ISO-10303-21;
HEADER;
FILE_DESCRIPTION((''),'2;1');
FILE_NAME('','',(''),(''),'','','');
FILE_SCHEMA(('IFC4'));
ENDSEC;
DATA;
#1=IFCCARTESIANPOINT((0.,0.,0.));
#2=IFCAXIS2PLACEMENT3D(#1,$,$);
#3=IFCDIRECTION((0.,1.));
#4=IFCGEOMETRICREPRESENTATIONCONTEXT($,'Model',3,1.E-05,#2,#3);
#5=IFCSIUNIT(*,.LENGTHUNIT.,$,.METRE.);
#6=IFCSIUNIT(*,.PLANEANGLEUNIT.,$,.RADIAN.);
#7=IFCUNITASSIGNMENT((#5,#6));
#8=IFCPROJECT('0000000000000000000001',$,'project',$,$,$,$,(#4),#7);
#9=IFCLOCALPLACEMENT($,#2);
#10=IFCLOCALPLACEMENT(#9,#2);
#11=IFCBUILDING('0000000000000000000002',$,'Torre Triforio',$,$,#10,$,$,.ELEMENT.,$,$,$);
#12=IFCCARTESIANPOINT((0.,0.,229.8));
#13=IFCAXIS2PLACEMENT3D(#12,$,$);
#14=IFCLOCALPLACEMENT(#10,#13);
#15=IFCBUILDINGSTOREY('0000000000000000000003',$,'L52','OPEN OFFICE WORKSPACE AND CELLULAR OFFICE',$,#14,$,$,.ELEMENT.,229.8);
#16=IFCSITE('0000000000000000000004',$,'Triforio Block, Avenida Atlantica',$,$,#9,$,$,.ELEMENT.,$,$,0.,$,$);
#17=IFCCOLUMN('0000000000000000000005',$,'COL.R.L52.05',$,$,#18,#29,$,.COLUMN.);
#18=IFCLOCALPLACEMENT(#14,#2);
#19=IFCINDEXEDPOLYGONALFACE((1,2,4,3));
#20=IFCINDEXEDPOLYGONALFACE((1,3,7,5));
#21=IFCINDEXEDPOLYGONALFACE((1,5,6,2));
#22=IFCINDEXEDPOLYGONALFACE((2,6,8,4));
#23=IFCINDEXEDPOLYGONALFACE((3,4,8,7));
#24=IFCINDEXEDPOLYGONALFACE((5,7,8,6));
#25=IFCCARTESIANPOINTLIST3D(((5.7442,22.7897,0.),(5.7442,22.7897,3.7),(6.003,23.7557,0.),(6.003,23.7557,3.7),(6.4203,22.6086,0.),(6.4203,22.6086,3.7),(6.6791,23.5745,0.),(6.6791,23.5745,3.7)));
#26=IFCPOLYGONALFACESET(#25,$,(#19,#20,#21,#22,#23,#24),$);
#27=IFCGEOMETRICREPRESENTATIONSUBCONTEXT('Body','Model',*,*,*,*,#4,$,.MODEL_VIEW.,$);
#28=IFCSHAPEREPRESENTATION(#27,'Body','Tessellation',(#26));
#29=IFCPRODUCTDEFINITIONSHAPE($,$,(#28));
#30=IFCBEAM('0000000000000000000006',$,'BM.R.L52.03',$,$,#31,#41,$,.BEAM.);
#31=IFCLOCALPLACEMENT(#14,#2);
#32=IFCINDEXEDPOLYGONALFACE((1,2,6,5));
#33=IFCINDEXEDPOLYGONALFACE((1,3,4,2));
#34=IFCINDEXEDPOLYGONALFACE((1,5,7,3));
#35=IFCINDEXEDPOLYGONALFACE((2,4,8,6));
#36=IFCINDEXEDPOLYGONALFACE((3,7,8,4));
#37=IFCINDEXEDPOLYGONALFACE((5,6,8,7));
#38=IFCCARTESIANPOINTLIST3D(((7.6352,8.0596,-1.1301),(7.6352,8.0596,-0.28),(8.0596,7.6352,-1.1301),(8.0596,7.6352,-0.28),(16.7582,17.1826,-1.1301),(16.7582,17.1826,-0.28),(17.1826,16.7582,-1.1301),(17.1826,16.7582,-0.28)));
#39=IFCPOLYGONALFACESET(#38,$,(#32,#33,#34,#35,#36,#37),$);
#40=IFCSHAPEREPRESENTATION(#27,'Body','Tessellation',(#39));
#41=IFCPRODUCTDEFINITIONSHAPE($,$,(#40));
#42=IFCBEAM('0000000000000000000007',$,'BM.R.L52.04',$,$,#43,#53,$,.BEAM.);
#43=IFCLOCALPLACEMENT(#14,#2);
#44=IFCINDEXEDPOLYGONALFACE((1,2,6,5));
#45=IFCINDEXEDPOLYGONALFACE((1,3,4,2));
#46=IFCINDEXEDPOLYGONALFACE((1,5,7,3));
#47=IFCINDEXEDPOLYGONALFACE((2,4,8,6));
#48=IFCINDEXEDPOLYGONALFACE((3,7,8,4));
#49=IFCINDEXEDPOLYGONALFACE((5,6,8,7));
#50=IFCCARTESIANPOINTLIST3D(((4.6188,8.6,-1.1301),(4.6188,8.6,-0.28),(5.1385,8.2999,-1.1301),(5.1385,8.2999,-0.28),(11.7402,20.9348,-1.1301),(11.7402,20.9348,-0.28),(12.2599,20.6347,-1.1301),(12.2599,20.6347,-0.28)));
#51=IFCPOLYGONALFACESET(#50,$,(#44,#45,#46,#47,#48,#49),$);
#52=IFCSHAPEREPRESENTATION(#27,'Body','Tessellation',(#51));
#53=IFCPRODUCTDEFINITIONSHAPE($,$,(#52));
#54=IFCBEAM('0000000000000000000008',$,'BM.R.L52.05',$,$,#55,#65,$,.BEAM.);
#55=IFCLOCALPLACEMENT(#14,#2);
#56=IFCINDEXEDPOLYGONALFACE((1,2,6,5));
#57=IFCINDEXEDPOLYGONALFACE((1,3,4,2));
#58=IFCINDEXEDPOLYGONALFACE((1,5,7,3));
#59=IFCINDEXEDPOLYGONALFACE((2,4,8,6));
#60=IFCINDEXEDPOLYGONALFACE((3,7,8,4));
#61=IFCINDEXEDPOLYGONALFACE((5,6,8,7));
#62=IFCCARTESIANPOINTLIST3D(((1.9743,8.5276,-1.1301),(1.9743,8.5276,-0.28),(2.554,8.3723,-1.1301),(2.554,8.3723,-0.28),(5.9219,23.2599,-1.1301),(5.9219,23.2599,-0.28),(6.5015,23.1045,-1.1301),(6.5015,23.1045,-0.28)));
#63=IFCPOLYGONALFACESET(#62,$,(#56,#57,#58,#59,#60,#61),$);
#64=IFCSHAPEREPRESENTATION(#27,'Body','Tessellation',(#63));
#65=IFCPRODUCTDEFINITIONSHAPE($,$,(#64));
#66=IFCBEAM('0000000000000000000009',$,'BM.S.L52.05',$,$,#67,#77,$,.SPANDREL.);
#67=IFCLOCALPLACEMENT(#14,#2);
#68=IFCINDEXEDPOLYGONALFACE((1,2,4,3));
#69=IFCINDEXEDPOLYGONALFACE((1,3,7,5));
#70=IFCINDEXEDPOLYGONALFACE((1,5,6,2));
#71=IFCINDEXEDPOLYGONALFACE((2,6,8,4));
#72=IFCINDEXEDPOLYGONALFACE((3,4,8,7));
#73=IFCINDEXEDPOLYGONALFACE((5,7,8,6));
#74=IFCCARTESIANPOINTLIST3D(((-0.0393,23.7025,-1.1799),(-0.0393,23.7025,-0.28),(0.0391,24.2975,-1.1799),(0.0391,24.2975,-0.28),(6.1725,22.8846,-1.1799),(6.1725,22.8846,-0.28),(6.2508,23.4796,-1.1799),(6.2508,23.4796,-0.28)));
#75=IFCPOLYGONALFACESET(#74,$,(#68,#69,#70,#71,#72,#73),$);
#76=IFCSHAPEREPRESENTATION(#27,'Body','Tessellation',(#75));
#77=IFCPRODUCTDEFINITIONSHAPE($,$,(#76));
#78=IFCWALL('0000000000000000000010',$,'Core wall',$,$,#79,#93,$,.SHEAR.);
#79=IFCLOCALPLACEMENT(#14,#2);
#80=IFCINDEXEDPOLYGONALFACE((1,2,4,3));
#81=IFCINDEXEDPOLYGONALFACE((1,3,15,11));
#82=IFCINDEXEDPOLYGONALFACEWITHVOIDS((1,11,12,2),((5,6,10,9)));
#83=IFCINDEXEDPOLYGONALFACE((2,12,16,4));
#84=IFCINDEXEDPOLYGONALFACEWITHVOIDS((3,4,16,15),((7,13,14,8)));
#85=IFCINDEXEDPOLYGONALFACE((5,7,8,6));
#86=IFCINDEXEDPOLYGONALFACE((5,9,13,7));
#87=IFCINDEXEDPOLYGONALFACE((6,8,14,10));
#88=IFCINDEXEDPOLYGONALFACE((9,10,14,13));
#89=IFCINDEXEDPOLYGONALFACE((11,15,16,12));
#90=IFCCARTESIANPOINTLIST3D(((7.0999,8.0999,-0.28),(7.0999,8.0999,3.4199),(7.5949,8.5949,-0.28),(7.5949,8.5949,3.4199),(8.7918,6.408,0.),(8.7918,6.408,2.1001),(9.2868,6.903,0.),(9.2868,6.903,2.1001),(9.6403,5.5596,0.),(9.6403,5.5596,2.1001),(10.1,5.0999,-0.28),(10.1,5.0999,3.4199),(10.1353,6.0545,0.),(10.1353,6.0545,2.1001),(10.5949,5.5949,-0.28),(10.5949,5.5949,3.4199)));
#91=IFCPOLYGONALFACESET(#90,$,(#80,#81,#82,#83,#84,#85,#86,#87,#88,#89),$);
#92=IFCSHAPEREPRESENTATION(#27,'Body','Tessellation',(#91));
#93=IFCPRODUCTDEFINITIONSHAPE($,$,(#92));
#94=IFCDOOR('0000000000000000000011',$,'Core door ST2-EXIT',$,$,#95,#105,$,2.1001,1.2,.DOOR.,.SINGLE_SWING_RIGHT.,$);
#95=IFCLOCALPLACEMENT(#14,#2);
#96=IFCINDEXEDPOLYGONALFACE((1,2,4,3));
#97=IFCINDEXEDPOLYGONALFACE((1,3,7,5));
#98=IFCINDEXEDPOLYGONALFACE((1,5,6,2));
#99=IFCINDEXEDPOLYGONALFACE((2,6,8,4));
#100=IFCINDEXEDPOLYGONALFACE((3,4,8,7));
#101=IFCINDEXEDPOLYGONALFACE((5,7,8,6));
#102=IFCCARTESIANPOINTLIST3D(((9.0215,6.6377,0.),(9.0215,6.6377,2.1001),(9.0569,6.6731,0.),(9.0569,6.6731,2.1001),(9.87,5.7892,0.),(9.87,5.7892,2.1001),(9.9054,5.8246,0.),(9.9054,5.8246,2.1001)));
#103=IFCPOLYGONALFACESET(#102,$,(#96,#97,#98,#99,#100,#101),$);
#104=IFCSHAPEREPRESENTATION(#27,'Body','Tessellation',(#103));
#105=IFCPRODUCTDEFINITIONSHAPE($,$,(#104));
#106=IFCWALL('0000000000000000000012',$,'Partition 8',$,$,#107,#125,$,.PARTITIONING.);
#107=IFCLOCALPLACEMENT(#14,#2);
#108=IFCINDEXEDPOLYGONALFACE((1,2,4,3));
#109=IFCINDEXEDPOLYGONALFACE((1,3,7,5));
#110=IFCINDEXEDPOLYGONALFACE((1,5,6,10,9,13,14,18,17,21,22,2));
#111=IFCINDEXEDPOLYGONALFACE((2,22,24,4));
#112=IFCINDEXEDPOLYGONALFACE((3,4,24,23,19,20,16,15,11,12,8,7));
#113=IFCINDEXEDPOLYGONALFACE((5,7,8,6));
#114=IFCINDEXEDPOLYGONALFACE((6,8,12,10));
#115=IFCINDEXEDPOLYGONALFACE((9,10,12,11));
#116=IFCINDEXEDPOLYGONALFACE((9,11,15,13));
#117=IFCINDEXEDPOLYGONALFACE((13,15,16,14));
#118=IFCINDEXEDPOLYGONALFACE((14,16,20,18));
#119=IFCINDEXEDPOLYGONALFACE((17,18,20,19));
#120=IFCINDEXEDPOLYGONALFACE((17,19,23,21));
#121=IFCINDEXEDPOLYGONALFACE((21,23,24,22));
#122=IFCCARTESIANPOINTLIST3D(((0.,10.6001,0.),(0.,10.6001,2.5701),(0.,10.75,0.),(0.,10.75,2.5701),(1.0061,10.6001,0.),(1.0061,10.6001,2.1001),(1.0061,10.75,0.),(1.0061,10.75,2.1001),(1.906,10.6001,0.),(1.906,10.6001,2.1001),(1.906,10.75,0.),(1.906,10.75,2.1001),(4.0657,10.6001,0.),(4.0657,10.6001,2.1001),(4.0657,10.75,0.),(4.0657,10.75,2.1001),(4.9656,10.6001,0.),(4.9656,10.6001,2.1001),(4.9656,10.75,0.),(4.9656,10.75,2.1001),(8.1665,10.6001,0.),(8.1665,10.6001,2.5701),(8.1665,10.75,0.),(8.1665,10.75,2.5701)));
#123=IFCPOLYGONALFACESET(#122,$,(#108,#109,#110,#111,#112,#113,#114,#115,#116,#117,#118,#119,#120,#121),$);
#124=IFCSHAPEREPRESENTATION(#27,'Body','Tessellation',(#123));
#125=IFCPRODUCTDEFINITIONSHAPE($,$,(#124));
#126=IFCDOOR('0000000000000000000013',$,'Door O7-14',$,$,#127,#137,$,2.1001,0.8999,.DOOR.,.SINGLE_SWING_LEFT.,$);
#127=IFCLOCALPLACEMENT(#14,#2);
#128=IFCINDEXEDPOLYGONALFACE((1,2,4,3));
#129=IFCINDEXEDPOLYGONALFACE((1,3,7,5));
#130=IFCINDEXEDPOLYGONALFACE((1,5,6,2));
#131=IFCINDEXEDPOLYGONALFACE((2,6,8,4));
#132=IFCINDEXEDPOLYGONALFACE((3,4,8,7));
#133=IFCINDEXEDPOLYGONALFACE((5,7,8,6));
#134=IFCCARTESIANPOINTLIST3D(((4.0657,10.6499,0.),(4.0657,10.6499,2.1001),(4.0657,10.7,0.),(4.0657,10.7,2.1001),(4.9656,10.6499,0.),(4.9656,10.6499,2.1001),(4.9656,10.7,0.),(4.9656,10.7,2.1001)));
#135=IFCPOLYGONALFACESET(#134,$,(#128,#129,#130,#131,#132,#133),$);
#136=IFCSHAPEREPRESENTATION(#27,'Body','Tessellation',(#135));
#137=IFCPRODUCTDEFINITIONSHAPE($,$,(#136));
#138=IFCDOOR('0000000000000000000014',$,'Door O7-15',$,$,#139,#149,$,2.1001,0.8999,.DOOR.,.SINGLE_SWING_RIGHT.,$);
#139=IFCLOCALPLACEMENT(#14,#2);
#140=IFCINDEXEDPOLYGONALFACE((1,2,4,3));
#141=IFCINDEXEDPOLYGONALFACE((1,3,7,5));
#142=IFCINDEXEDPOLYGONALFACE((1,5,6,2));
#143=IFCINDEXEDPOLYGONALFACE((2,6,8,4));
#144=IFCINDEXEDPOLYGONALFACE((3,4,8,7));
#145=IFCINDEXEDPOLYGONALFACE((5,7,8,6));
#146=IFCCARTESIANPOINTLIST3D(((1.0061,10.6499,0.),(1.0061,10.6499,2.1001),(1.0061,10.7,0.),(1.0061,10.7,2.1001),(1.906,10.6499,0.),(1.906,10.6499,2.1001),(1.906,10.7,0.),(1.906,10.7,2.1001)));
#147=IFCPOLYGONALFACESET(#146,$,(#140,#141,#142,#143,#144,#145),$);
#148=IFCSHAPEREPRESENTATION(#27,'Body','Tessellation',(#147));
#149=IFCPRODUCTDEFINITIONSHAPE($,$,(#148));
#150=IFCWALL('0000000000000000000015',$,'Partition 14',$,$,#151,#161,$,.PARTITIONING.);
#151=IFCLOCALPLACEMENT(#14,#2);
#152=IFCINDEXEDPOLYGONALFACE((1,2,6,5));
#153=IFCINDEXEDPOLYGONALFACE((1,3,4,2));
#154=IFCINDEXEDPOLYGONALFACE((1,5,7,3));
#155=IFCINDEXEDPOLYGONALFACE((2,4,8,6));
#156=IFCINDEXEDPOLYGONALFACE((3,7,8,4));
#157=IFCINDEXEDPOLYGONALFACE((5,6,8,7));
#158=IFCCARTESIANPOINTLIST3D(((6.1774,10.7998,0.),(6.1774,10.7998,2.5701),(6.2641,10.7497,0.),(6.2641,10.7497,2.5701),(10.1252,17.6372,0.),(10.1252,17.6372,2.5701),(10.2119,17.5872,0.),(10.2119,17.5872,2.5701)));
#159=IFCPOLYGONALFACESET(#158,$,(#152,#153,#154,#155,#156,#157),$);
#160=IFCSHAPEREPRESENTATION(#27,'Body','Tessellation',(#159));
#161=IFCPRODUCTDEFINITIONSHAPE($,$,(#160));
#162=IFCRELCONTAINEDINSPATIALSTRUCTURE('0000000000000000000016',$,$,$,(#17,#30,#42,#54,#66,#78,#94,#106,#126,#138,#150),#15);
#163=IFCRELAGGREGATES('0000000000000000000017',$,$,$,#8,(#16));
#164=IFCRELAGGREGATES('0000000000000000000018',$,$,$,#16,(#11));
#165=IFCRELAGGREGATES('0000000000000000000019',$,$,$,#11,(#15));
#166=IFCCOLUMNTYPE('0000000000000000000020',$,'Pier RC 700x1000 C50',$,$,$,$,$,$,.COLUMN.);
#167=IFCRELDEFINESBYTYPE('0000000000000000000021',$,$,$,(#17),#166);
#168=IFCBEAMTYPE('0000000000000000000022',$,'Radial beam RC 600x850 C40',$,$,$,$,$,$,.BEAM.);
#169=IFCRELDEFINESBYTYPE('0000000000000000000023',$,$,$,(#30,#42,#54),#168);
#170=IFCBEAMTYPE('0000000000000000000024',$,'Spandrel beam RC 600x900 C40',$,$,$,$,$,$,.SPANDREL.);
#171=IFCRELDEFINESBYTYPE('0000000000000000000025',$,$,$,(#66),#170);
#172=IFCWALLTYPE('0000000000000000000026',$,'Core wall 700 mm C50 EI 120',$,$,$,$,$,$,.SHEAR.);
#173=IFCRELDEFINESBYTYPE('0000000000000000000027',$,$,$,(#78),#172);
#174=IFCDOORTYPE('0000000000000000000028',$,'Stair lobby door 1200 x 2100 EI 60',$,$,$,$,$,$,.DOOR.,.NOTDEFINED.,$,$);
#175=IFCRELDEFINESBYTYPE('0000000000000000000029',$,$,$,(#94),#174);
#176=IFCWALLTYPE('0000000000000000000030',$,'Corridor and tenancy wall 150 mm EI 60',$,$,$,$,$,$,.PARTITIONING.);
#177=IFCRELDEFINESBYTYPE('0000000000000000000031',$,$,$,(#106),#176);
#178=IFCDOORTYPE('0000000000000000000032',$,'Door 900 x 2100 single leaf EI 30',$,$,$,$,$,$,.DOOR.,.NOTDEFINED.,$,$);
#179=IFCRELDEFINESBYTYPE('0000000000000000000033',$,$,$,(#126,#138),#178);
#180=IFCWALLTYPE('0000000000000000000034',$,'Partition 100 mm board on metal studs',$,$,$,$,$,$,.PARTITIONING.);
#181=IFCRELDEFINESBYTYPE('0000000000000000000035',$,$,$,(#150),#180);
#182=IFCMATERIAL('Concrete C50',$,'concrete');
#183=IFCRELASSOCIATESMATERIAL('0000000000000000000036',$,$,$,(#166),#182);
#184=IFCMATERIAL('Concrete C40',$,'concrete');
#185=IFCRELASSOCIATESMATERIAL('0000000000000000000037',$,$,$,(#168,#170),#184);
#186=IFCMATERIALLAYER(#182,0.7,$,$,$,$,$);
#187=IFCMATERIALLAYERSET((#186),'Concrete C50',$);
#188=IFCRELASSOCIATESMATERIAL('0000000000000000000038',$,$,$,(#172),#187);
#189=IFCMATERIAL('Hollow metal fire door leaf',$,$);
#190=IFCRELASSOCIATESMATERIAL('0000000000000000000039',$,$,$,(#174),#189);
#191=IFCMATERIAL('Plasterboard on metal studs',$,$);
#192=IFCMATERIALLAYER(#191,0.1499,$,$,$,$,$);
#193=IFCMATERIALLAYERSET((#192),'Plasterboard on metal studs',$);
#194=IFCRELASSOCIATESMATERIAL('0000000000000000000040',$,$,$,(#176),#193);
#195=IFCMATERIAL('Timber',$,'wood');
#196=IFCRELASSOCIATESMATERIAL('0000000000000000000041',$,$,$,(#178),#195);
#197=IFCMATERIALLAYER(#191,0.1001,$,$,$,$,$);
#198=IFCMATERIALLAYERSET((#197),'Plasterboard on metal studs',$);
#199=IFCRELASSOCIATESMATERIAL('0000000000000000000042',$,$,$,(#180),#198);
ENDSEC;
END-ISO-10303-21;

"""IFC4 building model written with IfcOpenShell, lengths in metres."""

from ifc_helpers import new_model, si_unit, direction, frame, frame_2d, origin, origin_2d, place, context, subcontext, project, spatial, rectangle, extrude, material, layer, layer_set, material_profile, profile_set, type_object, element, fill, save


model = new_model("IFC4")

# Units and contexts
model_context = context("Model", 3, precision=1e-05, world=origin(), true_north=direction((0.0, 1.0)))
body_context = subcontext(model_context, "Body", "Model", "MODEL_VIEW")
ifc_project = project(units=[si_unit("LENGTHUNIT", "METRE"), si_unit("PLANEANGLEUNIT", "RADIAN")], contexts=[model_context])

# Site, building, storey
site_placement = place(None, origin())
site = spatial("IfcSite", under=ifc_project, at=site_placement, Name="Triforio Block, Avenida Atlantica", CompositionType="ELEMENT", RefElevation=0.0)
building_placement = place(site_placement, origin())
building = spatial("IfcBuilding", under=site, at=building_placement, Name="Torre Triforio", CompositionType="ELEMENT")
storey_placement = place(building_placement, frame((0.0, 0.0, 229.8)))
storey = spatial("IfcBuildingStorey", under=building, at=storey_placement, Name="L52", Description="OPEN OFFICE WORKSPACE AND CELLULAR OFFICE", CompositionType="ELEMENT", Elevation=229.8)

# Column
ifc_material_1 = material(Name="Concrete C50", Category="concrete")
ifc_material_profile_1 = material_profile(ifc_material_1, rectangle(XDim=0.7, YDim=1.0, at=origin_2d()), Name="RC 700x1000")
ifc_profile_set_1 = profile_set([ifc_material_profile_1], Name="Concrete C50")
column_type = type_object("IfcColumnType", Name="Pier RC 700x1000 C50", PredefinedType="COLUMN", material=ifc_profile_set_1)
column_placement = place(storey_placement, frame((6.2117, 23.1821, 0.0), z_axis=(0.0, 0.0, 1.0), x_axis=(-0.965926, 0.258819, 0.0)))
element("IfcColumn", 1, at=column_placement, inside=storey, type_object=column_type, Name="COL.R.L52.05", PredefinedType="COLUMN", context=body_context, shape_type="SweptSolid", body=[
    extrude(rectangle(XDim=0.7, YDim=1.0, at=origin_2d()), origin(), (0.0, 0.0, 1.0), 3.7),
])

# Beams
ifc_material_2 = material(Name="Concrete C40", Category="concrete")
ifc_material_profile_2 = material_profile(ifc_material_2, rectangle(XDim=0.6001, YDim=0.8501, at=origin_2d()), Name="RC 600x850")
ifc_profile_set_2 = profile_set([ifc_material_profile_2], Name="Concrete C40")
beam_type_1 = type_object("IfcBeamType", Name="Radial beam RC 600x850 C40", PredefinedType="BEAM", material=ifc_profile_set_2)
beam_1_placement = place(storey_placement, frame((7.8474, 7.8474, -0.7051), z_axis=(0.707107, 0.707107, 0.0), x_axis=(-0.707107, 0.707107, 0.0)))
element("IfcBeam", 2, at=beam_1_placement, inside=storey, type_object=beam_type_1, Name="BM.R.L52.03", PredefinedType="BEAM", context=body_context, shape_type="SweptSolid", body=[
    extrude(rectangle(XDim=0.6001, YDim=0.8501, at=origin_2d()), origin(), (0.0, 0.0, 1.0), 12.9019),
])
beam_2_placement = place(storey_placement, frame((4.8787, 8.45, -0.7051), z_axis=(0.499994, 0.866029, 0.0), x_axis=(-0.866029, 0.499994, 0.0)))
element("IfcBeam", 3, at=beam_2_placement, inside=storey, type_object=beam_type_1, Name="BM.R.L52.04", PredefinedType="BEAM", context=body_context, shape_type="SweptSolid", body=[
    extrude(rectangle(XDim=0.6001, YDim=0.8501, at=origin_2d()), origin(), (0.0, 0.0, 1.0), 14.2429),
])
beam_3_placement = place(storey_placement, frame((2.2642, 8.45, -0.7051), z_axis=(0.258821, 0.965925, 0.0), x_axis=(-0.965925, 0.258821, 0.0)))
element("IfcBeam", 4, at=beam_3_placement, inside=storey, type_object=beam_type_1, Name="BM.R.L52.05", PredefinedType="BEAM", context=body_context, shape_type="SweptSolid", body=[
    extrude(rectangle(XDim=0.6001, YDim=0.8501, at=origin_2d()), origin(), (0.0, 0.0, 1.0), 15.252),
])
ifc_material_profile_3 = material_profile(ifc_material_2, rectangle(XDim=0.6001, YDim=0.8999, at=origin_2d()), Name="RC 600x900")
ifc_profile_set_3 = profile_set([ifc_material_profile_3], Name="Concrete C40")
beam_type_2 = type_object("IfcBeamType", Name="Spandrel beam RC 600x900 C40", PredefinedType="SPANDREL", material=ifc_profile_set_3)
beam_4_placement = place(storey_placement, frame((6.2117, 23.1821, -0.73), z_axis=(-0.991443, 0.13054, 0.0), x_axis=(-0.13054, -0.991443, 0.0)))
element("IfcBeam", 5, at=beam_4_placement, inside=storey, type_object=beam_type_2, Name="BM.S.L52.05", PredefinedType="SPANDREL", context=body_context, shape_type="SweptSolid", body=[
    extrude(rectangle(XDim=0.6001, YDim=0.8999, at=origin_2d()), origin(), (0.0, 0.0, 1.0), 6.2654),
])

# Wall, opening, door
ifc_layer_1 = layer(ifc_material_1, 0.7)
ifc_layer_set_1 = layer_set([ifc_layer_1], Name="Concrete C50")
wall_type_1 = type_object("IfcWallType", Name="Core wall 700 mm C50 EI 120", PredefinedType="SHEAR", material=ifc_layer_set_1)
wall_1_placement = place(storey_placement, frame((7.3474, 8.3474, -0.28), z_axis=(0.0, 0.0, 1.0), x_axis=(0.707107, -0.707107, 0.0)))
wall_1 = element("IfcWall", 6, at=wall_1_placement, inside=storey, type_object=wall_type_1, Name="Core wall", PredefinedType="SHEAR", context=body_context, shape_type="SweptSolid", body=[
    extrude(rectangle(XDim=4.2427, YDim=0.7, at=frame_2d((2.1213, 0.0))), origin(), (0.0, 0.0, 1.0), 3.7),
])
opening_1_placement = place(wall_1_placement, frame((2.3926, 0.0, 0.28)))
opening_1 = element("IfcOpeningElement", 7, at=opening_1_placement, cuts=wall_1, PredefinedType="OPENING", context=body_context, shape_type="SweptSolid", body=[
    extrude(rectangle(XDim=1.2, YDim=2.1001, at=frame_2d((0.6001, 1.05))), frame((0.0, 0.3599, 0.0), z_axis=(0.0, -1.0, 0.0), x_axis=(1.0, 0.0, 0.0)), (0.0, 0.0, 1.0), 0.72),
])
ifc_material_3 = material(Name="Hollow metal fire door leaf")
door_type_1 = type_object("IfcDoorType", Name="Stair lobby door 1200 x 2100 EI 60", OperationType="NOTDEFINED", PredefinedType="DOOR", material=ifc_material_3)
door_1_placement = place(opening_1_placement, origin())
door_1 = element("IfcDoor", 8, at=door_1_placement, inside=storey, type_object=door_type_1, Name="Core door ST2-EXIT", OperationType="SINGLE_SWING_RIGHT", OverallHeight=2.1001, OverallWidth=1.2, PredefinedType="DOOR", context=body_context, shape_type="SweptSolid", body=[
    extrude(rectangle(XDim=1.2, YDim=2.1001, at=frame_2d((0.6001, 1.05))), frame((0.0, 0.0249, 0.0), z_axis=(0.0, -1.0, 0.0), x_axis=(1.0, 0.0, 0.0)), (0.0, 0.0, 1.0), 0.05),
])
fill(opening_1, door_1)

# Wall, openings, doors
ifc_material_4 = material(Name="Plasterboard on metal studs")
ifc_layer_2 = layer(ifc_material_4, 0.1499)
ifc_layer_set_2 = layer_set([ifc_layer_2], Name="Plasterboard on metal studs")
wall_type_2 = type_object("IfcWallType", Name="Corridor and tenancy wall 150 mm EI 60", PredefinedType="PARTITIONING", material=ifc_layer_set_2)
wall_2_placement = place(storey_placement, frame((0.0, 10.675, 0.0), z_axis=(0.0, 0.0, 1.0), x_axis=(1.0, 0.0, 0.0)))
wall_2 = element("IfcWall", 9, at=wall_2_placement, inside=storey, type_object=wall_type_2, Name="Partition 8", PredefinedType="PARTITIONING", context=body_context, shape_type="SweptSolid", body=[
    extrude(rectangle(XDim=8.1665, YDim=0.1499, at=frame_2d((4.0833, 0.0))), origin(), (0.0, 0.0, 1.0), 2.5701),
])
opening_2_placement = place(wall_2_placement, frame((4.0657, 0.0, 0.0)))
opening_2 = element("IfcOpeningElement", 10, at=opening_2_placement, cuts=wall_2, PredefinedType="OPENING", context=body_context, shape_type="SweptSolid", body=[
    extrude(rectangle(XDim=0.8999, YDim=2.1001, at=frame_2d((0.45, 1.05))), frame((0.0, 0.085, 0.0), z_axis=(0.0, -1.0, 0.0), x_axis=(1.0, 0.0, 0.0)), (0.0, 0.0, 1.0), 0.1699),
])
opening_3_placement = place(wall_2_placement, frame((1.0061, 0.0, 0.0)))
opening_3 = element("IfcOpeningElement", 11, at=opening_3_placement, cuts=wall_2, PredefinedType="OPENING", context=body_context, shape_type="SweptSolid", body=[
    extrude(rectangle(XDim=0.8999, YDim=2.1001, at=frame_2d((0.45, 1.05))), frame((0.0, 0.085, 0.0), z_axis=(0.0, -1.0, 0.0), x_axis=(1.0, 0.0, 0.0)), (0.0, 0.0, 1.0), 0.1699),
])
ifc_material_5 = material(Name="Timber", Category="wood")
door_type_2 = type_object("IfcDoorType", Name="Door 900 x 2100 single leaf EI 30", OperationType="NOTDEFINED", PredefinedType="DOOR", material=ifc_material_5)
door_2_placement = place(opening_2_placement, origin())
door_2 = element("IfcDoor", 12, at=door_2_placement, inside=storey, type_object=door_type_2, Name="Door O7-14", OperationType="SINGLE_SWING_LEFT", OverallHeight=2.1001, OverallWidth=0.8999, PredefinedType="DOOR", context=body_context, shape_type="SweptSolid", body=[
    extrude(rectangle(XDim=0.8999, YDim=2.1001, at=frame_2d((0.45, 1.05))), frame((0.0, 0.0249, 0.0), z_axis=(0.0, -1.0, 0.0), x_axis=(1.0, 0.0, 0.0)), (0.0, 0.0, 1.0), 0.05),
])
fill(opening_2, door_2)
door_3_placement = place(opening_3_placement, origin())
door_3 = element("IfcDoor", 13, at=door_3_placement, inside=storey, type_object=door_type_2, Name="Door O7-15", OperationType="SINGLE_SWING_RIGHT", OverallHeight=2.1001, OverallWidth=0.8999, PredefinedType="DOOR", context=body_context, shape_type="SweptSolid", body=[
    extrude(rectangle(XDim=0.8999, YDim=2.1001, at=frame_2d((0.45, 1.05))), frame((0.0, 0.0249, 0.0), z_axis=(0.0, -1.0, 0.0), x_axis=(1.0, 0.0, 0.0)), (0.0, 0.0, 1.0), 0.05),
])
fill(opening_3, door_3)

# Wall
ifc_layer_3 = layer(ifc_material_4, 0.1001)
ifc_layer_set_3 = layer_set([ifc_layer_3], Name="Plasterboard on metal studs")
wall_type_3 = type_object("IfcWallType", Name="Partition 100 mm board on metal studs", PredefinedType="PARTITIONING", material=ifc_layer_set_3)
wall_3_placement = place(storey_placement, frame((6.2207, 10.7747, 0.0), z_axis=(0.0, 0.0, 1.0), x_axis=(0.500017, 0.866016, 0.0)))
element("IfcWall", 14, at=wall_3_placement, inside=storey, type_object=wall_type_3, Name="Partition 14", PredefinedType="PARTITIONING", context=body_context, shape_type="SweptSolid", body=[
    extrude(rectangle(XDim=7.8953, YDim=0.1001, at=frame_2d((3.9478, 0.0))), origin(), (0.0, 0.0, 1.0), 2.5701),
])

save(model, "model.ifc")
